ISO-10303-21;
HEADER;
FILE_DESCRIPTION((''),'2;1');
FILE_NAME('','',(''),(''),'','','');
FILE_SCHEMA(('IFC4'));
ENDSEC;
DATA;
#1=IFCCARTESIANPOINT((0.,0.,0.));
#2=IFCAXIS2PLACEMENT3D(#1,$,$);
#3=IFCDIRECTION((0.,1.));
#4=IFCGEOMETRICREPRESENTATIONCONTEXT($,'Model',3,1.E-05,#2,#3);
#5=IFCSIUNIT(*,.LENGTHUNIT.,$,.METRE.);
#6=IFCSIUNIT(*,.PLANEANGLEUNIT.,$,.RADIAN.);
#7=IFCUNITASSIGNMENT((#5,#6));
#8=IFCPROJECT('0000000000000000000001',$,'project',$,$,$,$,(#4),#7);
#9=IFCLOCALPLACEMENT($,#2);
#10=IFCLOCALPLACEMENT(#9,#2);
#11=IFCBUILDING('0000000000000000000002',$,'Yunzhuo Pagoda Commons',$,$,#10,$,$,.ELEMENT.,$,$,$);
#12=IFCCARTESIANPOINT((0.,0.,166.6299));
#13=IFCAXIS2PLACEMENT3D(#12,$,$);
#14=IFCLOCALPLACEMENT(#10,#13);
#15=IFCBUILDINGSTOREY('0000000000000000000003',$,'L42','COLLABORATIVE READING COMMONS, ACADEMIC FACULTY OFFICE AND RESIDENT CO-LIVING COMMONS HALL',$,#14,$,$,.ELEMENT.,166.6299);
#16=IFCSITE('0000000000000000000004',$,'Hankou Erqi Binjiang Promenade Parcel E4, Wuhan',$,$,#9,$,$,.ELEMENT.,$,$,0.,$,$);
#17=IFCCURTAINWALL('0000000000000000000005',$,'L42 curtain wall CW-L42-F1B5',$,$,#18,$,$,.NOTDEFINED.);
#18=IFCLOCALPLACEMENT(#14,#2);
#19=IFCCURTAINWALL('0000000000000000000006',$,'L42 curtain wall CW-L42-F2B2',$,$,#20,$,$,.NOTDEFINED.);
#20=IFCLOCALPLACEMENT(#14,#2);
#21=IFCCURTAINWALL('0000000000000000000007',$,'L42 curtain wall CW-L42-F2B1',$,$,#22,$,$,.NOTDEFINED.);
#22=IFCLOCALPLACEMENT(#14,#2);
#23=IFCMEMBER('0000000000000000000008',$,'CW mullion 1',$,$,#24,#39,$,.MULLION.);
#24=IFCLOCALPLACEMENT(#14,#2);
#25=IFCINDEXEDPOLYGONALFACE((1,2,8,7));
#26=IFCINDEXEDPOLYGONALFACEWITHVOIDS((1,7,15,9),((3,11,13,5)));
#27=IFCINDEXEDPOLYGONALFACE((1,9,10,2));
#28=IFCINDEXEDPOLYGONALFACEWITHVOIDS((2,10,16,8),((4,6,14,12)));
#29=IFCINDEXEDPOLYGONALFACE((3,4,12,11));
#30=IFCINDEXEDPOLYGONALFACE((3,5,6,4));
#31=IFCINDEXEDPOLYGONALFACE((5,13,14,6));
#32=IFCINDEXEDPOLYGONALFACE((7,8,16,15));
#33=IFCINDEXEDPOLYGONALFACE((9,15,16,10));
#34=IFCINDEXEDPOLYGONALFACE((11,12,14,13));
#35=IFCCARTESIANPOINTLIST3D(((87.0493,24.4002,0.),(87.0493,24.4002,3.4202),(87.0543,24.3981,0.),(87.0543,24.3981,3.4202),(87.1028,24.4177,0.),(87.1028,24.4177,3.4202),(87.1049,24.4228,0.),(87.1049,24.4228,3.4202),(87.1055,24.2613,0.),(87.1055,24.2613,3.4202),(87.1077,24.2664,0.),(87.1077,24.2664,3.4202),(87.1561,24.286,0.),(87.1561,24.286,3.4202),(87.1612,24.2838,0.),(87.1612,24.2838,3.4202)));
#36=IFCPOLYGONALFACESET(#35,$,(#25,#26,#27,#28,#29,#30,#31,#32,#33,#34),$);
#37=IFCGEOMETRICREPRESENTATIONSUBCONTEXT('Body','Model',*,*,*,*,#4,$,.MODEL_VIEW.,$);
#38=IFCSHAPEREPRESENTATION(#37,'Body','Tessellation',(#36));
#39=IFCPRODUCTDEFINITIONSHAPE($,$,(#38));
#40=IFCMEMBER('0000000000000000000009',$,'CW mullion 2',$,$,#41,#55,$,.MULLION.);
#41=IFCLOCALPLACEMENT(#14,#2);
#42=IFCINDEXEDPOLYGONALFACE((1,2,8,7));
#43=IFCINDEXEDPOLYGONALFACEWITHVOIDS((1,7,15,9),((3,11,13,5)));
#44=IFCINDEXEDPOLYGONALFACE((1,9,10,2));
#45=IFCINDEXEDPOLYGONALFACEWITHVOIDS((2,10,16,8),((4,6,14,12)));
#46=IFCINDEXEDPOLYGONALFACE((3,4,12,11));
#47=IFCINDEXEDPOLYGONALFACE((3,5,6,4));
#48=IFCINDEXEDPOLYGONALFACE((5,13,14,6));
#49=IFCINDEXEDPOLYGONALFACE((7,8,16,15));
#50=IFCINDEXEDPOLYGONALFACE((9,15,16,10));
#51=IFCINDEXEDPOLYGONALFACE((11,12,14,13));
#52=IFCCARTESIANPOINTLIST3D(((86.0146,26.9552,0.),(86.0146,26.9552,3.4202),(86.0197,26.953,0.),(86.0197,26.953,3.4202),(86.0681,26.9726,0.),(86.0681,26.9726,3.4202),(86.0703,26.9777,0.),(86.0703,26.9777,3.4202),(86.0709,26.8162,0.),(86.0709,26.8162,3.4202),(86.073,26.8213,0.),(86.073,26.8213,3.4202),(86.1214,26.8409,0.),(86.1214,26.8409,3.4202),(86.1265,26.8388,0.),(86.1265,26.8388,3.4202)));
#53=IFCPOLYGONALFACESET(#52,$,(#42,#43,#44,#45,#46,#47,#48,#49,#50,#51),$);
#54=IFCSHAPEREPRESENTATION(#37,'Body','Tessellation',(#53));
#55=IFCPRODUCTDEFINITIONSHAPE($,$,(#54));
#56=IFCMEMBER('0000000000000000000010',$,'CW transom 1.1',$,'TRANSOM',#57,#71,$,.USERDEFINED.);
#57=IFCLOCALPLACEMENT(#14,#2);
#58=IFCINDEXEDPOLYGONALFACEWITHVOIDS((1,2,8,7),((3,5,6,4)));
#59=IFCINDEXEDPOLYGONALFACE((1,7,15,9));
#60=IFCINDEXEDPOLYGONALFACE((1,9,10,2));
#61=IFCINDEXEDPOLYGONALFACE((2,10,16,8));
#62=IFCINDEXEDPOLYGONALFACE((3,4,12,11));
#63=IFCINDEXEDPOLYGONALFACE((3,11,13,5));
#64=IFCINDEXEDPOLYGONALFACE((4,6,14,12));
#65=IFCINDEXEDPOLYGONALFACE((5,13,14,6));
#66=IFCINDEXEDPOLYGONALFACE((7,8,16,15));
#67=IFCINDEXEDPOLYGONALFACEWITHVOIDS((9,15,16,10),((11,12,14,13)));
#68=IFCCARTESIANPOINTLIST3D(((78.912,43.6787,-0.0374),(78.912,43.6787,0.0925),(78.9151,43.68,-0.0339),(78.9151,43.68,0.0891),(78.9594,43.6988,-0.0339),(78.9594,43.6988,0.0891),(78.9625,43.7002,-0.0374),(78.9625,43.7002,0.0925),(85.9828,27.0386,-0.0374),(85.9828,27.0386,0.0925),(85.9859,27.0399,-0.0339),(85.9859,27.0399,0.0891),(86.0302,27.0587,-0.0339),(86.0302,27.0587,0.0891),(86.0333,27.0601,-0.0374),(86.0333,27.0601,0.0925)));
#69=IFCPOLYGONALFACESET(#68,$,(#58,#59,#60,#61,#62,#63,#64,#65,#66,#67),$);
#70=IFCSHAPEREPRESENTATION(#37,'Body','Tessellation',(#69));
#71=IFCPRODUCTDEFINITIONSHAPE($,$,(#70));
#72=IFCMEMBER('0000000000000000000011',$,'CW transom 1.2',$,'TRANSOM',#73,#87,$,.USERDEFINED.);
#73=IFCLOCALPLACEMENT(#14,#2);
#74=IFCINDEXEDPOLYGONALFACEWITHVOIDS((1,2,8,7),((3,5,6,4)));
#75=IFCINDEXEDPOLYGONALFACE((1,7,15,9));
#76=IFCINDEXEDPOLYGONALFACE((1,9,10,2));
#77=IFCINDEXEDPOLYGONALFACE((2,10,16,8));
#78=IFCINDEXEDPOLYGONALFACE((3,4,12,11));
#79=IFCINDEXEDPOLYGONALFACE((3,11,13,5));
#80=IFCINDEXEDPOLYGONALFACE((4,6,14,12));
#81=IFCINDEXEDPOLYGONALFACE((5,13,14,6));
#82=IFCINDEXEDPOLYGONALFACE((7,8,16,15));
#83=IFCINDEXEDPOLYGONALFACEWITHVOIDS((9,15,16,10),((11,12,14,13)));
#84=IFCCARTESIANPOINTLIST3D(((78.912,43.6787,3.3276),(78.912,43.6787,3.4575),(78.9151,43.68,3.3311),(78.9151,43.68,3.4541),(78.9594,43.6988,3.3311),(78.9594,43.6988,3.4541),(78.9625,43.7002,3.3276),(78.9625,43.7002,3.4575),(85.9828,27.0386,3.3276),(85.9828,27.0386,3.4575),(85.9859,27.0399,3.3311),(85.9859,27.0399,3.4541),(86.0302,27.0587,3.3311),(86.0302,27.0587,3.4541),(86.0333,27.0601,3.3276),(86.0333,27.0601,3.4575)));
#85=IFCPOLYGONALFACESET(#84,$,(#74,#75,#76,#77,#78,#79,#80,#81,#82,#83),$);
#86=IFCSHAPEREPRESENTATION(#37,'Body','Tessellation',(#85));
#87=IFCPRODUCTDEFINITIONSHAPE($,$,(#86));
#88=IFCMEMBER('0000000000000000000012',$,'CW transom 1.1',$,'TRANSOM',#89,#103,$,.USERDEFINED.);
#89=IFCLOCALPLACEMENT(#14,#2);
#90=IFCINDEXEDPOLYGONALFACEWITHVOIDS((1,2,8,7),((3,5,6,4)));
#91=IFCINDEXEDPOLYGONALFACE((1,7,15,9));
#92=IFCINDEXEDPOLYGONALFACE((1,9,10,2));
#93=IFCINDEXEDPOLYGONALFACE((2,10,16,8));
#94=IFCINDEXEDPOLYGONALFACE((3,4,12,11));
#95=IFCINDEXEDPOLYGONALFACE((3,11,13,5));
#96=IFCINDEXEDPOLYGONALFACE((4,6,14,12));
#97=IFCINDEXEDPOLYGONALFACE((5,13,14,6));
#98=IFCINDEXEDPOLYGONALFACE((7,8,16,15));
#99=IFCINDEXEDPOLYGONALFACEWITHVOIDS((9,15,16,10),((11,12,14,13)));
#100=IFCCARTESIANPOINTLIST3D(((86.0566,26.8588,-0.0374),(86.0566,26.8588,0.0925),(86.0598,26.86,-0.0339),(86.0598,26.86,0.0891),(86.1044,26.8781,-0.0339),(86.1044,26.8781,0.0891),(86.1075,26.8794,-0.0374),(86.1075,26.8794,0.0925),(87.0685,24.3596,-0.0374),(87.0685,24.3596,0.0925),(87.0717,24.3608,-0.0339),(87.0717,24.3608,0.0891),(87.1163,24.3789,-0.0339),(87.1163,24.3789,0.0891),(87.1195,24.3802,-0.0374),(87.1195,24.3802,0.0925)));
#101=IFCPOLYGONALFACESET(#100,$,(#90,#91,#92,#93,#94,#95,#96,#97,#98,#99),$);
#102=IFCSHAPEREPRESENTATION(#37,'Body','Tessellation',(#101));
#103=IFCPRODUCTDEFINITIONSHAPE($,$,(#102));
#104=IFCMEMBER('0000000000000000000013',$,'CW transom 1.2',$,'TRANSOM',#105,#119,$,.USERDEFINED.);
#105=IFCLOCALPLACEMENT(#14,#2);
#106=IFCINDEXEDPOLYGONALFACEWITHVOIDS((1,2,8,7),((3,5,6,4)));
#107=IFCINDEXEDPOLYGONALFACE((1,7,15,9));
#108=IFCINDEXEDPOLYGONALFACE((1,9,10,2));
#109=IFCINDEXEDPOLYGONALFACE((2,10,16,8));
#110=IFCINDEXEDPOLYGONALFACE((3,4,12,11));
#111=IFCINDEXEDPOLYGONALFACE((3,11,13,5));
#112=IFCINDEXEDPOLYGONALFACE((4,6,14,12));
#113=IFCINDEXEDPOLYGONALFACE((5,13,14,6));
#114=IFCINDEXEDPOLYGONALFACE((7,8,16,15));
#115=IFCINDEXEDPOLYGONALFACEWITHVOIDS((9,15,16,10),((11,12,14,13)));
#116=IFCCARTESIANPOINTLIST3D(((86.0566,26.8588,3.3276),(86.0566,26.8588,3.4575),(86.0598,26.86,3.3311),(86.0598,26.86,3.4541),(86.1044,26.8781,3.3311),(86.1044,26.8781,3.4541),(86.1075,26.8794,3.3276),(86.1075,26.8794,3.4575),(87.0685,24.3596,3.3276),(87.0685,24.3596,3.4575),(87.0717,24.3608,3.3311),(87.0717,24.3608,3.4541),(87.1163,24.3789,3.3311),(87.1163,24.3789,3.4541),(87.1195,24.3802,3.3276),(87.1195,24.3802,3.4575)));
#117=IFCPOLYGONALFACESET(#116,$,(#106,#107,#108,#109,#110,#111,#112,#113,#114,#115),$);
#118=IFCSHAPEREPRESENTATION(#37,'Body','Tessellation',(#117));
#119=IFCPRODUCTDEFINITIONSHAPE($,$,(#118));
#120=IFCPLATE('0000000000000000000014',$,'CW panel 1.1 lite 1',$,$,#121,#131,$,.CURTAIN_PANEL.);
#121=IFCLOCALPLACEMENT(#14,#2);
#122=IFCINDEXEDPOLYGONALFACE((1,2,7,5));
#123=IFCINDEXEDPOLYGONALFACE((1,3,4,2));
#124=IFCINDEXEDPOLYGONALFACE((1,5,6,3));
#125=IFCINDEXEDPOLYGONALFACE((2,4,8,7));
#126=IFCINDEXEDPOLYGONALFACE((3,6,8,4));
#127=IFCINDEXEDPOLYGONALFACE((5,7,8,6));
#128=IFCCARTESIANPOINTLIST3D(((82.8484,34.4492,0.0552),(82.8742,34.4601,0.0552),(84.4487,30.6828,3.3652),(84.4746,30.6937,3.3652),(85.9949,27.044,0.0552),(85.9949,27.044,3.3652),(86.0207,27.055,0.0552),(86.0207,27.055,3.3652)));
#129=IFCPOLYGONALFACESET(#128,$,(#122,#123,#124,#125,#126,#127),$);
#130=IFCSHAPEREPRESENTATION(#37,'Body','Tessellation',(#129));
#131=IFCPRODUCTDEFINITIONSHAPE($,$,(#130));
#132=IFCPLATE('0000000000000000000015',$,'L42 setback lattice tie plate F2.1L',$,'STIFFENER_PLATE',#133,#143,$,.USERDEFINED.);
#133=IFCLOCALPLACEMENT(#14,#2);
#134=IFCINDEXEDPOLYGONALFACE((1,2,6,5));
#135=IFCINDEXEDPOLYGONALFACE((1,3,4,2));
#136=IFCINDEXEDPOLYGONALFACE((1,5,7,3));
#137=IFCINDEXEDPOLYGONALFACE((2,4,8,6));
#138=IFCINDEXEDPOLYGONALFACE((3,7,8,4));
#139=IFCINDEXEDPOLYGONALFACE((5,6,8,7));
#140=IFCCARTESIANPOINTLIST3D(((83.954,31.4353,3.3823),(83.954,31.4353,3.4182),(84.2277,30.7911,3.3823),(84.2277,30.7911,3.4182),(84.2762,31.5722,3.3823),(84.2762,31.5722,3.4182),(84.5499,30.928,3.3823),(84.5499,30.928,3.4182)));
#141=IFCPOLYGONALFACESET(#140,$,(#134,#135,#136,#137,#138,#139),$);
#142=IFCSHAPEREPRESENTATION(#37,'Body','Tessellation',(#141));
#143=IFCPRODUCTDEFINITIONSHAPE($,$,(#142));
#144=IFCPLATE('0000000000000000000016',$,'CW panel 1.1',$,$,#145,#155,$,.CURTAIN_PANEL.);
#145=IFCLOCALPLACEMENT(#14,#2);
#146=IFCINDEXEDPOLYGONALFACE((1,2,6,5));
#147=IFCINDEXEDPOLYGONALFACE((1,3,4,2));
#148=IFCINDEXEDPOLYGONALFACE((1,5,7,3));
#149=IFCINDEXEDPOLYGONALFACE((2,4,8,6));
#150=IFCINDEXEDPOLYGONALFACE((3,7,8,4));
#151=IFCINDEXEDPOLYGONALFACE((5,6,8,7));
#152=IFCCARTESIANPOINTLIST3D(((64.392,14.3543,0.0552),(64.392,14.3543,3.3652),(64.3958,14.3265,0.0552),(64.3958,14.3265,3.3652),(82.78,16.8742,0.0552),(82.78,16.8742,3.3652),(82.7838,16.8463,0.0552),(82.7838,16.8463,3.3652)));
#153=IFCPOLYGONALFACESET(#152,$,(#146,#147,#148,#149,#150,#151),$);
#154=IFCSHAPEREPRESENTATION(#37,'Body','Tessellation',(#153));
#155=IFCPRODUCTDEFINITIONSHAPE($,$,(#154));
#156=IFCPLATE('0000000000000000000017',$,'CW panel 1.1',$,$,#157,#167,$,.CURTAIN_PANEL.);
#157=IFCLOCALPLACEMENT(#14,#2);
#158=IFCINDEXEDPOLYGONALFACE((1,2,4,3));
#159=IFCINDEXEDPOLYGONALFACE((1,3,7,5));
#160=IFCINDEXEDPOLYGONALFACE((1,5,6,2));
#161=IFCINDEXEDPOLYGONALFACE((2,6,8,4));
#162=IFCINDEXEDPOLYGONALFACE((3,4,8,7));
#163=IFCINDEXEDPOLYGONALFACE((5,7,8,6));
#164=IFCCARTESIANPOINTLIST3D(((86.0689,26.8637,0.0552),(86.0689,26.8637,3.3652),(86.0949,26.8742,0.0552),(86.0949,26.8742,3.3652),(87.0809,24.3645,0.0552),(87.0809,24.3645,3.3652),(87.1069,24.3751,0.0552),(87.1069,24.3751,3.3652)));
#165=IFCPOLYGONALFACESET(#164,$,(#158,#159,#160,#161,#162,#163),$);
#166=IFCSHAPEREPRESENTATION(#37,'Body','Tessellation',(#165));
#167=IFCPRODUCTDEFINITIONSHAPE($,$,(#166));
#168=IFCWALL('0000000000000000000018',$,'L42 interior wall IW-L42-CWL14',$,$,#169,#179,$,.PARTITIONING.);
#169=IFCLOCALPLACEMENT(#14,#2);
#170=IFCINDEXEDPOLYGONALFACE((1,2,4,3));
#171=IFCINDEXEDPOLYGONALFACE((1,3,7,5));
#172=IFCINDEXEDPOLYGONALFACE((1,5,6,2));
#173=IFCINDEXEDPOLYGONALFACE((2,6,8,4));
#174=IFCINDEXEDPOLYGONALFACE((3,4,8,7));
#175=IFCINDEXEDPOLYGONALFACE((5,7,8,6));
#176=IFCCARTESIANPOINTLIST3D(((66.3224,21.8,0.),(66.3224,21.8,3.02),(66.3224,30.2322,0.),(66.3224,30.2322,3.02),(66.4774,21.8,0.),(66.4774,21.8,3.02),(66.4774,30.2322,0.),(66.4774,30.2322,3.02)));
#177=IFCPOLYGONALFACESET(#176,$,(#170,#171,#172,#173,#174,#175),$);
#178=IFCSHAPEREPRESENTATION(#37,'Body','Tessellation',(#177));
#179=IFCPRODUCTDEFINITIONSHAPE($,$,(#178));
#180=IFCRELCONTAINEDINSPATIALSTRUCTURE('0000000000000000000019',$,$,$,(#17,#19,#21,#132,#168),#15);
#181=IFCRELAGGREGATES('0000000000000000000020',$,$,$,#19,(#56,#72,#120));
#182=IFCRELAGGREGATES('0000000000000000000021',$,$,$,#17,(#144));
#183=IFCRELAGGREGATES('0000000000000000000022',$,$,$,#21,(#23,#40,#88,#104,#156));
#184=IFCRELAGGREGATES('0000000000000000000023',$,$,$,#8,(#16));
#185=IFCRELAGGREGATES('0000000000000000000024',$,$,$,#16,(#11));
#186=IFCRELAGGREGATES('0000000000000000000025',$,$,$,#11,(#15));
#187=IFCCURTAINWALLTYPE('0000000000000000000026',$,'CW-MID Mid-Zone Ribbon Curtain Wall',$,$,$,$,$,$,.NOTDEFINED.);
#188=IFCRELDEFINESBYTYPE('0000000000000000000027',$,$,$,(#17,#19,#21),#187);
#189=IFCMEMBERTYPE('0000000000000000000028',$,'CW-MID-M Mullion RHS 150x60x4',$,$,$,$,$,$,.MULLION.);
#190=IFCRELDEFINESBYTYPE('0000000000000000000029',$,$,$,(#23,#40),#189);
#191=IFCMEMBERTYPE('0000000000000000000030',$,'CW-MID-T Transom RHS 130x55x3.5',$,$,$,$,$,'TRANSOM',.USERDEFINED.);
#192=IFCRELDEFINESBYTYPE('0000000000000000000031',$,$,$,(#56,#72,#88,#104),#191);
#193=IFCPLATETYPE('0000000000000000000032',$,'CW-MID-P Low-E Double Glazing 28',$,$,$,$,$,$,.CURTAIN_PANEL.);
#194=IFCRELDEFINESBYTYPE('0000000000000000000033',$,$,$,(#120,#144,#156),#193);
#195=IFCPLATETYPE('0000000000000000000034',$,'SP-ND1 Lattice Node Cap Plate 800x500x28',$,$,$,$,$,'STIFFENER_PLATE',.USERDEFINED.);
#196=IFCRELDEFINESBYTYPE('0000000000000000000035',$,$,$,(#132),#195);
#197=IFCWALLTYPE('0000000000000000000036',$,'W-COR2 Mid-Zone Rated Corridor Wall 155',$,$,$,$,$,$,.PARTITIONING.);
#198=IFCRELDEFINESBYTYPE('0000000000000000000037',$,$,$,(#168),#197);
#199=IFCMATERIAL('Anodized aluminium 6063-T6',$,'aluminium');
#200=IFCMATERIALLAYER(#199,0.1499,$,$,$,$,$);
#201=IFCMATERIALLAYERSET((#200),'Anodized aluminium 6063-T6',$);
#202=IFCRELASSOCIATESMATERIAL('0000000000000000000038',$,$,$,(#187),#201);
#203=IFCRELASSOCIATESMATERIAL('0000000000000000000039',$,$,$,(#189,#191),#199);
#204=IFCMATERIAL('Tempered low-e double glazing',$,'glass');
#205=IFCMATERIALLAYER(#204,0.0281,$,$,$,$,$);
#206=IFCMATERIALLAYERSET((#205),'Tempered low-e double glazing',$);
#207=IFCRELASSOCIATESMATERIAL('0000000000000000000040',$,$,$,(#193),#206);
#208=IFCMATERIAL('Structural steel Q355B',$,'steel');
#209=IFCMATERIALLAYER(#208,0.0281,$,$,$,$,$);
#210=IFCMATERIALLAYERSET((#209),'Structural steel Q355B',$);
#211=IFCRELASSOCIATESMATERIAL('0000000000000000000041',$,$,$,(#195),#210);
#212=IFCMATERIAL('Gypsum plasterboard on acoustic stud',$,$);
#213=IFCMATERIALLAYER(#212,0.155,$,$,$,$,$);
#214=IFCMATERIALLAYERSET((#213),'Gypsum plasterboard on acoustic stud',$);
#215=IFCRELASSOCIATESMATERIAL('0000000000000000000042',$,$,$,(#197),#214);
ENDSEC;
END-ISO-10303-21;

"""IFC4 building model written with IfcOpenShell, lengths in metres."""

from ifc_helpers import new_model, si_unit, direction, frame, frame_2d, origin, origin_2d, place, context, subcontext, project, spatial, polyline, rectangle, hollow_rectangle, outline, extrude, source, transform, mapped, material, layer, layer_set, material_profile, profile_set, type_object, element, aggregate, save


model = new_model("IFC4")

# Units and contexts
model_context = context("Model", 3, precision=1e-05, world=origin(), true_north=direction((0.0, 1.0)))
body_context = subcontext(model_context, "Body", "Model", "MODEL_VIEW")
ifc_project = project(units=[si_unit("LENGTHUNIT", "METRE"), si_unit("PLANEANGLEUNIT", "RADIAN")], contexts=[model_context])

# Site, building, storey
site_placement = place(None, origin())
site = spatial("IfcSite", under=ifc_project, at=site_placement, Name="Hankou Erqi Binjiang Promenade Parcel E4, Wuhan", CompositionType="ELEMENT", RefElevation=0.0)
building_placement = place(site_placement, origin())
building = spatial("IfcBuilding", under=site, at=building_placement, Name="Yunzhuo Pagoda Commons", CompositionType="ELEMENT")
storey_placement = place(building_placement, frame((0.0, 0.0, 166.6299)))
storey = spatial("IfcBuildingStorey", under=building, at=storey_placement, Name="L42", Description="COLLABORATIVE READING COMMONS, ACADEMIC FACULTY OFFICE AND RESIDENT CO-LIVING COMMONS HALL", CompositionType="ELEMENT", Elevation=166.6299)

# Shared definitions
ifc_material_1 = material(Name="Structural steel Q355B", Category="steel")

# Curtain walls
ifc_material_2 = material(Name="Anodized aluminium 6063-T6", Category="aluminium")
ifc_layer_1 = layer(ifc_material_2, 0.1499)
ifc_layer_set_1 = layer_set([ifc_layer_1], Name="Anodized aluminium 6063-T6")
curtain_wall_type = type_object("IfcCurtainWallType", Name="CW-MID Mid-Zone Ribbon Curtain Wall", PredefinedType="NOTDEFINED", material=ifc_layer_set_1)
curtain_wall_1_placement = place(storey_placement, origin())
curtain_wall_1 = element("IfcCurtainWall", 1, at=curtain_wall_1_placement, inside=storey, type_object=curtain_wall_type, Name="L42 curtain wall CW-L42-F1B5", PredefinedType="NOTDEFINED")
ifc_material_profile_1 = material_profile(ifc_material_2, hollow_rectangle(XDim=0.0601, YDim=0.1499, WallThickness=0.0039, at=origin_2d()), Name="Anodized aluminium 6063-T6")
ifc_profile_set_1 = profile_set([ifc_material_profile_1], Name="Anodized aluminium 6063-T6")
member_type_1 = type_object("IfcMemberType", Name="CW-MID-M Mullion RHS 150x60x4", PredefinedType="MULLION", material=ifc_profile_set_1)
shared_shape_1 = source(origin(), body_context, "Body", "SweptSolid", [
    extrude(hollow_rectangle(XDim=0.0601, YDim=0.1499, WallThickness=0.0039, at=origin_2d()), origin(), (0.0, 0.0, 1.0), 3.4202),
])
curtain_wall_2_placement = place(storey_placement, origin())
curtain_wall_2 = element("IfcCurtainWall", 2, at=curtain_wall_2_placement, inside=storey, type_object=curtain_wall_type, Name="L42 curtain wall CW-L42-F2B2", PredefinedType="NOTDEFINED")

# Curtain wall, members
curtain_wall_3_placement = place(storey_placement, origin())
curtain_wall_3 = element("IfcCurtainWall", 3, at=curtain_wall_3_placement, inside=storey, type_object=curtain_wall_type, Name="L42 curtain wall CW-L42-F2B1", PredefinedType="NOTDEFINED")
member_1_placement = place(storey_placement, frame((87.1052, 24.342, 0.0), z_axis=(0.0, 0.0, 1.0), x_axis=(-0.926896, -0.375318, 0.0)))
member_1 = element("IfcMember", 4, at=member_1_placement, type_object=member_type_1, Name="CW mullion 1", PredefinedType="MULLION", context=body_context, shape_type="MappedRepresentation", body=[
    mapped(shared_shape_1, transform((0.0, 0.0, 0.0), scale=1.0)),
])
member_2_placement = place(storey_placement, frame((86.0706, 26.897, 0.0), z_axis=(0.0, 0.0, 1.0), x_axis=(-0.926896, -0.375318, 0.0)))
member_2 = element("IfcMember", 5, at=member_2_placement, type_object=member_type_1, Name="CW mullion 2", PredefinedType="MULLION", context=body_context, shape_type="MappedRepresentation", body=[
    mapped(shared_shape_1, transform((0.0, 0.0, 0.0), scale=1.0)),
])

# Members
ifc_material_profile_2 = material_profile(ifc_material_2, hollow_rectangle(XDim=0.0549, YDim=0.1299, WallThickness=0.0034, at=origin_2d()), Name="Anodized aluminium 6063-T6")
ifc_profile_set_2 = profile_set([ifc_material_profile_2], Name="Anodized aluminium 6063-T6")
member_type_2 = type_object("IfcMemberType", Name="CW-MID-T Transom RHS 130x55x3.5", ElementType="TRANSOM", PredefinedType="USERDEFINED", material=ifc_profile_set_2)
shared_shape_2 = source(origin(), body_context, "Body", "SweptSolid", [
    extrude(hollow_rectangle(XDim=0.0549, YDim=0.1299, WallThickness=0.0034, at=origin_2d()), origin(), (0.0, 0.0, 1.0), 18.0801),
])
member_3_placement = place(storey_placement, frame((86.0081, 27.0493, 0.0276), z_axis=(-0.391082, 0.920356, 0.0), x_axis=(-0.920356, -0.391082, 0.0)))
member_3 = element("IfcMember", 6, at=member_3_placement, type_object=member_type_2, Name="CW transom 1.1", ObjectType="TRANSOM", PredefinedType="USERDEFINED", context=body_context, shape_type="MappedRepresentation", body=[
    mapped(shared_shape_2, transform((0.0, 0.0, 0.0), scale=1.0)),
])
member_4_placement = place(storey_placement, frame((86.0081, 27.0493, 3.3926), z_axis=(-0.391082, 0.920356, 0.0), x_axis=(-0.920356, -0.391082, 0.0)))
member_4 = element("IfcMember", 7, at=member_4_placement, type_object=member_type_2, Name="CW transom 1.2", ObjectType="TRANSOM", PredefinedType="USERDEFINED", context=body_context, shape_type="MappedRepresentation", body=[
    mapped(shared_shape_2, transform((0.0, 0.0, 0.0), scale=1.0)),
])
shared_shape_3 = source(origin(), body_context, "Body", "SweptSolid", [
    extrude(hollow_rectangle(XDim=0.0549, YDim=0.1299, WallThickness=0.0034, at=origin_2d()), origin(), (0.0, 0.0, 1.0), 2.6963),
])
member_5_placement = place(storey_placement, frame((87.094, 24.3699, 0.0276), z_axis=(-0.375306, 0.926901, 0.0), x_axis=(-0.926901, -0.375306, 0.0)))
member_5 = element("IfcMember", 8, at=member_5_placement, type_object=member_type_2, Name="CW transom 1.1", ObjectType="TRANSOM", PredefinedType="USERDEFINED", context=body_context, shape_type="MappedRepresentation", body=[
    mapped(shared_shape_3, transform((0.0, 0.0, 0.0), scale=1.0)),
])
member_6_placement = place(storey_placement, frame((87.094, 24.3699, 3.3926), z_axis=(-0.375306, 0.926901, 0.0), x_axis=(-0.926901, -0.375306, 0.0)))
member_6 = element("IfcMember", 9, at=member_6_placement, type_object=member_type_2, Name="CW transom 1.2", ObjectType="TRANSOM", PredefinedType="USERDEFINED", context=body_context, shape_type="MappedRepresentation", body=[
    mapped(shared_shape_3, transform((0.0, 0.0, 0.0), scale=1.0)),
])

# Plates
ifc_material_3 = material(Name="Tempered low-e double glazing", Category="glass")
ifc_layer_2 = layer(ifc_material_3, 0.0281)
ifc_layer_set_2 = layer_set([ifc_layer_2], Name="Tempered low-e double glazing")
plate_type_1 = type_object("IfcPlateType", Name="CW-MID-P Low-E Double Glazing 28", PredefinedType="CURTAIN_PANEL", material=ifc_layer_set_2)
plate_1_placement = place(storey_placement, frame((84.4216, 30.7466, 1.7102), z_axis=(0.920364, 0.391063, 0.0), x_axis=(-0.391063, 0.920364, 0.0)))
plate_1 = element("IfcPlate", 10, at=plate_1_placement, type_object=plate_type_1, Name="CW panel 1.1 lite 1", PredefinedType="CURTAIN_PANEL", context=body_context, shape_type="SweptSolid", body=[
    extrude(outline(polyline([(-4.0229, -1.655), (4.0229, -1.655), (-0.0693, 1.655), (-4.0229, 1.655), (-4.0229, -1.655)])), origin(), (0.0, 0.0, 1.0), 0.0281),
])
aggregate(curtain_wall_2, [member_3, member_4, plate_1])
ifc_layer_3 = layer(ifc_material_1, 0.0281)
ifc_layer_set_3 = layer_set([ifc_layer_3], Name="Structural steel Q355B")
plate_type_2 = type_object("IfcPlateType", Name="SP-ND1 Lattice Node Cap Plate 800x500x28", ElementType="STIFFENER_PLATE", PredefinedType="USERDEFINED", material=ifc_layer_set_3)
shared_shape_4 = source(origin(), body_context, "Body", "SweptSolid", [
    extrude(rectangle(XDim=0.7, YDim=0.3501, at=origin_2d()), origin(), (0.0, 0.0, 1.0), 0.0359),
])
plate_2_placement = place(storey_placement, frame((84.252, 31.1816, 3.3823), z_axis=(0.0, 0.0, 1.0), x_axis=(-0.391068, 0.920362, 0.0)))
element("IfcPlate", 11, at=plate_2_placement, inside=storey, type_object=plate_type_2, Name="L42 setback lattice tie plate F2.1L", ObjectType="STIFFENER_PLATE", PredefinedType="USERDEFINED", context=body_context, shape_type="MappedRepresentation", body=[
    mapped(shared_shape_4, transform((0.0, 0.0, 0.0), scale=1.0)),
])
shared_shape_5 = source(origin(), body_context, "Body", "SweptSolid", [
    extrude(rectangle(XDim=18.5598, YDim=0.0281, at=origin_2d()), origin(), (0.0, 0.0, 1.0), 3.3101),
])
plate_3_placement = place(storey_placement, frame((73.5879, 15.6003, 0.0552), z_axis=(0.0, 0.0, 1.0), x_axis=(0.990741, 0.135767, 0.0)))
plate_3 = element("IfcPlate", 12, at=plate_3_placement, type_object=plate_type_1, Name="CW panel 1.1", PredefinedType="CURTAIN_PANEL", context=body_context, shape_type="MappedRepresentation", body=[
    mapped(shared_shape_5, transform((0.0, 0.0, 0.0), scale=1.0)),
])
aggregate(curtain_wall_1, [plate_3])
shared_shape_6 = source(origin(), body_context, "Body", "SweptSolid", [
    extrude(rectangle(XDim=2.6963, YDim=0.0281, at=origin_2d()), origin(), (0.0, 0.0, 1.0), 3.3101),
])
plate_4_placement = place(storey_placement, frame((86.5879, 25.6194, 0.0552), z_axis=(0.0, 0.0, 1.0), x_axis=(-0.375318, 0.926896, 0.0)))
plate_4 = element("IfcPlate", 13, at=plate_4_placement, type_object=plate_type_1, Name="CW panel 1.1", PredefinedType="CURTAIN_PANEL", context=body_context, shape_type="MappedRepresentation", body=[
    mapped(shared_shape_6, transform((0.0, 0.0, 0.0), scale=1.0)),
])
aggregate(curtain_wall_3, [member_1, member_2, member_5, member_6, plate_4])

# Wall
ifc_material_4 = material(Name="Gypsum plasterboard on acoustic stud")
ifc_layer_4 = layer(ifc_material_4, 0.155)
ifc_layer_set_4 = layer_set([ifc_layer_4], Name="Gypsum plasterboard on acoustic stud")
wall_type_1 = type_object("IfcWallType", Name="W-COR2 Mid-Zone Rated Corridor Wall 155", PredefinedType="PARTITIONING", material=ifc_layer_set_4)
wall_1_placement = place(storey_placement, frame((66.3999, 30.2322, 0.0), z_axis=(0.0, 0.0, 1.0), x_axis=(0.0, -1.0, 0.0)))
element("IfcWall", 14, at=wall_1_placement, inside=storey, type_object=wall_type_1, Name="L42 interior wall IW-L42-CWL14", PredefinedType="PARTITIONING", context=body_context, shape_type="SweptSolid", body=[
    extrude(rectangle(XDim=8.4321, YDim=0.155, at=frame_2d((4.2161, 0.0))), origin(), (0.0, 0.0, 1.0), 3.02),
])

save(model, "model.ifc")
